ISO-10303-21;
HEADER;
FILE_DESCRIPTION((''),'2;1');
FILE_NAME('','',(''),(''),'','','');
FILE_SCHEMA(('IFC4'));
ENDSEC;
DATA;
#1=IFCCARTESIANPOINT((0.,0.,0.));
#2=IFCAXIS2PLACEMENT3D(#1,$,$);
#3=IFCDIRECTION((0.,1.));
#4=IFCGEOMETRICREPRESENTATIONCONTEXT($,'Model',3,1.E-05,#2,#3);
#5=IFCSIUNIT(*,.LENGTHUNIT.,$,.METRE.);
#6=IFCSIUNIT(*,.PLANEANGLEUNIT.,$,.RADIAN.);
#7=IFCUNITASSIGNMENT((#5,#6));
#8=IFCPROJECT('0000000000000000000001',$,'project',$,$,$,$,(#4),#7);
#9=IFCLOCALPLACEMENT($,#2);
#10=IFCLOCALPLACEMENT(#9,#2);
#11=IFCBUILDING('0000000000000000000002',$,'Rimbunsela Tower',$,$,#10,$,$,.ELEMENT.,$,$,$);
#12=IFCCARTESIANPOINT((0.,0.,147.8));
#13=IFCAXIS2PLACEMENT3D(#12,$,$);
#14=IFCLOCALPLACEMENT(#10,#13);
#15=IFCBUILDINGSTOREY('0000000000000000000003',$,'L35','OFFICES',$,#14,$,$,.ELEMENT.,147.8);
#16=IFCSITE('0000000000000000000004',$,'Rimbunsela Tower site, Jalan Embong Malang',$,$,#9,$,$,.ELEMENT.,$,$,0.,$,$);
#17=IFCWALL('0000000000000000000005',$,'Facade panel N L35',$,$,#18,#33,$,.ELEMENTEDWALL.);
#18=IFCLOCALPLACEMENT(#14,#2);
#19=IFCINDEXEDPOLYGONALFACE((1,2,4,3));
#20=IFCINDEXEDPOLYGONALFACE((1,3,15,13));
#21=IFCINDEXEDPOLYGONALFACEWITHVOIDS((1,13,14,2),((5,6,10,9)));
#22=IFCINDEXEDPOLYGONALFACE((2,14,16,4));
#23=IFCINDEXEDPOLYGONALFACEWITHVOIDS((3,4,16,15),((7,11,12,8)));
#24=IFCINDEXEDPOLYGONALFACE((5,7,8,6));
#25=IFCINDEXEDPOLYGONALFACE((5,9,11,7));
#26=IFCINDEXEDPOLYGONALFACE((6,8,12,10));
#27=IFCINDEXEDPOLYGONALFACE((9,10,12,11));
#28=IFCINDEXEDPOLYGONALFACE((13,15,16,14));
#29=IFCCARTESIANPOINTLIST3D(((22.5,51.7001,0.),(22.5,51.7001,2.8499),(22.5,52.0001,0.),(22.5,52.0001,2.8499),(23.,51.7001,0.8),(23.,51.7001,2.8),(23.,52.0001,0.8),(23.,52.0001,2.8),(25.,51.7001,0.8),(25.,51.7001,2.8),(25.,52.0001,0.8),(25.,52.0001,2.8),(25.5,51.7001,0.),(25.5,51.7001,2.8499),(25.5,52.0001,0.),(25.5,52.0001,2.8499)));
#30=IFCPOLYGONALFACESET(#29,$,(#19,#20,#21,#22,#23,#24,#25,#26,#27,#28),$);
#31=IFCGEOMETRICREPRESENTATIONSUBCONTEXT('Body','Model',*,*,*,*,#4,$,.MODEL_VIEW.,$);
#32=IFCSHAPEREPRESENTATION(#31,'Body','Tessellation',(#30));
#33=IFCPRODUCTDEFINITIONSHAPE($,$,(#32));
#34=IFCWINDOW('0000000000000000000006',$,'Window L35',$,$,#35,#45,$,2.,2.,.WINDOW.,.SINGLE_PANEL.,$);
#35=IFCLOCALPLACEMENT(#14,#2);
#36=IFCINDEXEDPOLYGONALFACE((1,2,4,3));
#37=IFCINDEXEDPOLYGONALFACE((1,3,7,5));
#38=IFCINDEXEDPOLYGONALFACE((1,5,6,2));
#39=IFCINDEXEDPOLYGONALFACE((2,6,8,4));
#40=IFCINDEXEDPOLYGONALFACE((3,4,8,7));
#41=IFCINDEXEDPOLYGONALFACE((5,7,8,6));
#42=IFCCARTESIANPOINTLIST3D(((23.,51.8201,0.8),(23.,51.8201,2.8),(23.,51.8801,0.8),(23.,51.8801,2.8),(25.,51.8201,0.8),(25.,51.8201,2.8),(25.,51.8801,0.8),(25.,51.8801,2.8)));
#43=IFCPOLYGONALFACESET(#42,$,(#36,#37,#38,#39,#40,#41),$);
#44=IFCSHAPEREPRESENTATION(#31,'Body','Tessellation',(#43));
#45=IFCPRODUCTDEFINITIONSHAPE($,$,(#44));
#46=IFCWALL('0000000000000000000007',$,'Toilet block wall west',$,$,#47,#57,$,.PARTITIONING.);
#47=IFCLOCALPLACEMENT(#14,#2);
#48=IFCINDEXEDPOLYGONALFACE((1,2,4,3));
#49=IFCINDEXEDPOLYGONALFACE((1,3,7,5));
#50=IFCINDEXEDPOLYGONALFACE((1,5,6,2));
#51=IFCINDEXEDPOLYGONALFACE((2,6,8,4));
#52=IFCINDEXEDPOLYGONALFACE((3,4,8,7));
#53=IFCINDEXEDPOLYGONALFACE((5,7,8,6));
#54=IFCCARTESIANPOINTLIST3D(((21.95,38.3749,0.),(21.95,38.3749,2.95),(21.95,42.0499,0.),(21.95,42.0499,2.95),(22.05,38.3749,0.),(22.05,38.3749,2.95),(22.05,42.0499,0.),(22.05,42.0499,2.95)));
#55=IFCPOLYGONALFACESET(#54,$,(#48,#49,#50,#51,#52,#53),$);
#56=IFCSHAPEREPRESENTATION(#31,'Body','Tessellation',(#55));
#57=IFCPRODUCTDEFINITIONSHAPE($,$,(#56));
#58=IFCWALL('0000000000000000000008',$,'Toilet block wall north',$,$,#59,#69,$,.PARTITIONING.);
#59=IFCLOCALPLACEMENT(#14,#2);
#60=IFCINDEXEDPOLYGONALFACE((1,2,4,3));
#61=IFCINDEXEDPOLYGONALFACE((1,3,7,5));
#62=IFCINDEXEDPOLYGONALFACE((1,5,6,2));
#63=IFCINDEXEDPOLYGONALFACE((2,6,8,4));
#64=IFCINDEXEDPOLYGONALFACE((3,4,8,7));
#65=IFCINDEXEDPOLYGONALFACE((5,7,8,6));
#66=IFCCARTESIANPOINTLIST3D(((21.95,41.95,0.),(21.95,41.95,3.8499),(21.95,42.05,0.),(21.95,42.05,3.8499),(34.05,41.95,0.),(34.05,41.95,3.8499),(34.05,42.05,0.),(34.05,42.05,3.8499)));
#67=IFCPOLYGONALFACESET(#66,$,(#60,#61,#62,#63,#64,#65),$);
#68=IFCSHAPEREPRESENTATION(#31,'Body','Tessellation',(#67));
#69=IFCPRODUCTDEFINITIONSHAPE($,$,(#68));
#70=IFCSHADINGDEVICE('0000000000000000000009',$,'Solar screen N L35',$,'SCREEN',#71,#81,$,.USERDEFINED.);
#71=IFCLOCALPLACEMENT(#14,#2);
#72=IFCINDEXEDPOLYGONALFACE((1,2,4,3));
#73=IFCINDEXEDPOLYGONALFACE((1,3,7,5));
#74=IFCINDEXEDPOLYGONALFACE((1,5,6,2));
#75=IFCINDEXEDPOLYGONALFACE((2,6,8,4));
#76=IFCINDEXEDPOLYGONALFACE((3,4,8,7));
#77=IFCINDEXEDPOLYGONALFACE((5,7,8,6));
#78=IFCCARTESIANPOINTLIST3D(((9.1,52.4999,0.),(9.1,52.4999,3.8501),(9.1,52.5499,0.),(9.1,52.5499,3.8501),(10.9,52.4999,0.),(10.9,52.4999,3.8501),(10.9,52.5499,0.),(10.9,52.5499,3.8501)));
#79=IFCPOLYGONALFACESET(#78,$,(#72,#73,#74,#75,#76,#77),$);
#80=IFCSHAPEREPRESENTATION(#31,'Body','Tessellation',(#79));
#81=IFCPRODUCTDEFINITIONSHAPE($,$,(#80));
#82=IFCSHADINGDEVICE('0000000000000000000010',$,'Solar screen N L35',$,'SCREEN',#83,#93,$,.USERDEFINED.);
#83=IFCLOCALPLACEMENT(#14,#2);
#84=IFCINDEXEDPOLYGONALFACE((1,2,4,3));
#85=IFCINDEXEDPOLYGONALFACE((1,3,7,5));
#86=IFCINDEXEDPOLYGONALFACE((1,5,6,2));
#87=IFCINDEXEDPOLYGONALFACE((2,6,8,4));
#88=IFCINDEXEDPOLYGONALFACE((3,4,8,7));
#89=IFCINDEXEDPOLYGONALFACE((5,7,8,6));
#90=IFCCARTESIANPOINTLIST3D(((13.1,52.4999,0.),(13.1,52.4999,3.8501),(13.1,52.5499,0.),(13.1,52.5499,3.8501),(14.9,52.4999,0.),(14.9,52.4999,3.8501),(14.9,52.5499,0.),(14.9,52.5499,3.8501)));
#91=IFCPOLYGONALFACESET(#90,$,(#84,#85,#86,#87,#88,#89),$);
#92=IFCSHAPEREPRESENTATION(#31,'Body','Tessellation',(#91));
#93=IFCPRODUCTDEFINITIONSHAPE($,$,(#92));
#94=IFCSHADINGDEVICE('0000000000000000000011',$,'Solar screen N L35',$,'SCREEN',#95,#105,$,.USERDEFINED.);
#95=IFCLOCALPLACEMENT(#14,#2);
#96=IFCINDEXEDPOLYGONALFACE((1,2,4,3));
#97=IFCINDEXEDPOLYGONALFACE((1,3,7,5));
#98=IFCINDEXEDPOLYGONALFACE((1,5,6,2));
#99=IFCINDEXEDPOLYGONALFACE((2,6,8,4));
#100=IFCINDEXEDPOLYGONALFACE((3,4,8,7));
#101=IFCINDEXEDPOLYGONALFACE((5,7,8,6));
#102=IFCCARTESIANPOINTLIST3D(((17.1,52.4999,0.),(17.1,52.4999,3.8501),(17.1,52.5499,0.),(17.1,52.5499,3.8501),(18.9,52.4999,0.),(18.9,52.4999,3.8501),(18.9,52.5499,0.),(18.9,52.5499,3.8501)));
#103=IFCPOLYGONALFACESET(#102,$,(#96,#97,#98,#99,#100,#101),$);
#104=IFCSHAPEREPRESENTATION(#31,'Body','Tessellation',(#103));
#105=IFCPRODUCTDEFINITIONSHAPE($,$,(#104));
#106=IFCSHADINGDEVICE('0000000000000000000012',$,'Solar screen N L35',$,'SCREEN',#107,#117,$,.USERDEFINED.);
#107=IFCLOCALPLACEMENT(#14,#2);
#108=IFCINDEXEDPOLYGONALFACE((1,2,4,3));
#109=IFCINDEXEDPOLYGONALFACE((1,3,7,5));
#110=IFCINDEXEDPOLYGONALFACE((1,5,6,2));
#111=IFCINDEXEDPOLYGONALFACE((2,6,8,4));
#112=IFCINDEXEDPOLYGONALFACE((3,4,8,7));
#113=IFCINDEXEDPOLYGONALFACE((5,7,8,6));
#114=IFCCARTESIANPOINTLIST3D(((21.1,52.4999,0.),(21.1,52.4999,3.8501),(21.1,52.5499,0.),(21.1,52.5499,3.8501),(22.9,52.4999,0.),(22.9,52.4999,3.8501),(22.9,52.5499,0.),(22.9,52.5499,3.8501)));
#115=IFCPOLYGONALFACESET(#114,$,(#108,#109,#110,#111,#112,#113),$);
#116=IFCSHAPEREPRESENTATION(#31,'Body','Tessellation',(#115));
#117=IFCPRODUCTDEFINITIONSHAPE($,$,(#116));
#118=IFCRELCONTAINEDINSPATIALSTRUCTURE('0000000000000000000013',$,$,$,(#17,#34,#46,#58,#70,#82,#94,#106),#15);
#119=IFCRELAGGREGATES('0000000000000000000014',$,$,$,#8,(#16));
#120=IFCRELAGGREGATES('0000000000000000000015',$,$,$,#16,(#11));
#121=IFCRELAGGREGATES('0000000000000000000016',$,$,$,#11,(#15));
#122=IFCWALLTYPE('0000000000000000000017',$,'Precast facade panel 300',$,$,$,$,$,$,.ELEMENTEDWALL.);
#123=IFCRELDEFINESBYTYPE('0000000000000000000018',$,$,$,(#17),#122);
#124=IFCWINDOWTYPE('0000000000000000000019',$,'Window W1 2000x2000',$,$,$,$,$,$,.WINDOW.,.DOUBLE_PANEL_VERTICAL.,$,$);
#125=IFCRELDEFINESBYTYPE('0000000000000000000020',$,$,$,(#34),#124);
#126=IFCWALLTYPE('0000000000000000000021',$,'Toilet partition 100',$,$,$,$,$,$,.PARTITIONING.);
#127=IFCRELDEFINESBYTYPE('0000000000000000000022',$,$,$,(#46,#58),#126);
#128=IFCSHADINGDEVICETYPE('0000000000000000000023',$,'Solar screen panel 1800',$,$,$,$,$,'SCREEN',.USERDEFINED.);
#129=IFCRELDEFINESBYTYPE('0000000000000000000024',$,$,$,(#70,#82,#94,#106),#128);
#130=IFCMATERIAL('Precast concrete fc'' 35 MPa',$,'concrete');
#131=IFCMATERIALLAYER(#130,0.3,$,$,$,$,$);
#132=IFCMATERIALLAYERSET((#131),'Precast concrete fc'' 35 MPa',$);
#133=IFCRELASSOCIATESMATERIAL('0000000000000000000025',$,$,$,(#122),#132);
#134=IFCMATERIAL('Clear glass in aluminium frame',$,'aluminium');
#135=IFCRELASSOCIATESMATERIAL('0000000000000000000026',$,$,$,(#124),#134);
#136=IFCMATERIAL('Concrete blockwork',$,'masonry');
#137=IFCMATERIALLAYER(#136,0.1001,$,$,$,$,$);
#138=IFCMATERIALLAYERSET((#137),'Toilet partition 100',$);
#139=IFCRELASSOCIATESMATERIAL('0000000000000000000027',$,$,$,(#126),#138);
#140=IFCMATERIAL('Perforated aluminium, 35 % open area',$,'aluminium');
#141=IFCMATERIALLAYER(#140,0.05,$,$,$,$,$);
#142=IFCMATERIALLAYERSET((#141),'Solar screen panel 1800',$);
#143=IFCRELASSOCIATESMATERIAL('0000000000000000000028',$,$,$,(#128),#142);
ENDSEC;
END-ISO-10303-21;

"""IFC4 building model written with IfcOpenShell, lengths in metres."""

from ifc_helpers import new_model, si_unit, direction, frame, frame_2d, origin, origin_2d, place, context, subcontext, project, spatial, rectangle, extrude, material, layer, layer_set, type_object, element, fill, save


model = new_model("IFC4")

# Units and contexts
model_context = context("Model", 3, precision=1e-05, world=origin(), true_north=direction((0.0, 1.0)))
body_context = subcontext(model_context, "Body", "Model", "MODEL_VIEW")
ifc_project = project(units=[si_unit("LENGTHUNIT", "METRE"), si_unit("PLANEANGLEUNIT", "RADIAN")], contexts=[model_context])

# Site, building, storey
site_placement = place(None, origin())
site = spatial("IfcSite", under=ifc_project, at=site_placement, Name="Rimbunsela Tower site, Jalan Embong Malang", CompositionType="ELEMENT", RefElevation=0.0)
building_placement = place(site_placement, origin())
building = spatial("IfcBuilding", under=site, at=building_placement, Name="Rimbunsela Tower", CompositionType="ELEMENT")
storey_placement = place(building_placement, frame((0.0, 0.0, 147.8)))
storey = spatial("IfcBuildingStorey", under=building, at=storey_placement, Name="L35", Description="OFFICES", CompositionType="ELEMENT", Elevation=147.8)

# Shared definitions
ifc_material_1 = material(Name="Precast concrete fc' 35 MPa", Category="concrete")
ifc_layer_1 = layer(ifc_material_1, 0.3)
ifc_layer_set_1 = layer_set([ifc_layer_1], Name="Precast concrete fc' 35 MPa")
wall_type_1 = type_object("IfcWallType", Name="Precast facade panel 300", PredefinedType="ELEMENTEDWALL", material=ifc_layer_set_1)

# Wall, opening, window
ifc_material_2 = material(Name="Clear glass in aluminium frame", Category="aluminium")
window_type = type_object("IfcWindowType", Name="Window W1 2000x2000", PartitioningType="DOUBLE_PANEL_VERTICAL", PredefinedType="WINDOW", material=ifc_material_2)
wall_1_placement = place(storey_placement, frame((25.5, 51.8501, 0.0), z_axis=(0.0, 0.0, 1.0), x_axis=(-1.0, 0.0, 0.0)))
wall_1 = element("IfcWall", 1, at=wall_1_placement, inside=storey, type_object=wall_type_1, Name="Facade panel N L35", PredefinedType="ELEMENTEDWALL", context=body_context, shape_type="SweptSolid", body=[
    extrude(rectangle(XDim=3.0, YDim=0.3, at=frame_2d((1.5, 0.0))), origin(), (0.0, 0.0, 1.0), 2.8499),
])
opening_1_placement = place(wall_1_placement, frame((0.5, 0.0, 0.8)))
opening_1 = element("IfcOpeningElement", 2, at=opening_1_placement, cuts=wall_1, PredefinedType="OPENING", context=body_context, shape_type="SweptSolid", body=[
    extrude(rectangle(XDim=2.0, YDim=2.0, at=frame_2d((1.0, 1.0))), frame((0.0, 0.1599, 0.0), z_axis=(0.0, -1.0, 0.0), x_axis=(1.0, 0.0, 0.0)), (0.0, 0.0, 1.0), 0.3201),
])
window_1_placement = place(opening_1_placement, origin())
window_1 = element("IfcWindow", 3, at=window_1_placement, inside=storey, type_object=window_type, Name="Window L35", OverallHeight=2.0, OverallWidth=2.0, PartitioningType="SINGLE_PANEL", PredefinedType="WINDOW", context=body_context, shape_type="SweptSolid", body=[
    extrude(rectangle(XDim=2.0, YDim=2.0, at=frame_2d((1.0, 1.0))), frame((0.0, 0.03, 0.0), z_axis=(0.0, -1.0, 0.0), x_axis=(1.0, 0.0, 0.0)), (0.0, 0.0, 1.0), 0.0601),
])
fill(opening_1, window_1)

# Walls
ifc_material_3 = material(Name="Concrete blockwork", Category="masonry")
ifc_layer_2 = layer(ifc_material_3, 0.1001)
ifc_layer_set_2 = layer_set([ifc_layer_2], Name="Toilet partition 100")
wall_type_2 = type_object("IfcWallType", Name="Toilet partition 100", PredefinedType="PARTITIONING", material=ifc_layer_set_2)
wall_2_placement = place(storey_placement, frame((22.0, 38.375, 0.0), z_axis=(0.0, 0.0, 1.0), x_axis=(0.0, 1.0, 0.0)))
element("IfcWall", 4, at=wall_2_placement, inside=storey, type_object=wall_type_2, Name="Toilet block wall west", PredefinedType="PARTITIONING", context=body_context, shape_type="SweptSolid", body=[
    extrude(rectangle(XDim=3.675, YDim=0.1001, at=frame_2d((1.8374, 0.0))), origin(), (0.0, 0.0, 1.0), 2.95),
])
wall_3_placement = place(storey_placement, frame((21.95, 42.0, 0.0), z_axis=(0.0, 0.0, 1.0), x_axis=(1.0, 0.0, 0.0)))
element("IfcWall", 5, at=wall_3_placement, inside=storey, type_object=wall_type_2, Name="Toilet block wall north", PredefinedType="PARTITIONING", context=body_context, shape_type="SweptSolid", body=[
    extrude(rectangle(XDim=12.1001, YDim=0.1001, at=frame_2d((6.05, 0.0))), origin(), (0.0, 0.0, 1.0), 3.8499),
])

# Shading devices
ifc_material_4 = material(Name="Perforated aluminium, 35 % open area", Category="aluminium")
ifc_layer_3 = layer(ifc_material_4, 0.05)
ifc_layer_set_3 = layer_set([ifc_layer_3], Name="Solar screen panel 1800")
shading_device_type = type_object("IfcShadingDeviceType", Name="Solar screen panel 1800", ElementType="SCREEN", PredefinedType="USERDEFINED", material=ifc_layer_set_3)
for number, where, z_axis, x_axis, name in (
    (6, (10.0, 52.5249, 0.0), (0.0, 0.0, 1.0), (1.0, 0.0, 0.0), "Solar screen N L35"),
    (7, (14.0, 52.5249, 0.0), (0.0, 0.0, 1.0), (1.0, 0.0, 0.0), "Solar screen N L35"),
    (8, (18.0, 52.5249, 0.0), (0.0, 0.0, 1.0), (1.0, 0.0, 0.0), "Solar screen N L35"),
    (9, (22.0, 52.5249, 0.0), (0.0, 0.0, 1.0), (1.0, 0.0, 0.0), "Solar screen N L35"),
):
    element("IfcShadingDevice", number, at=place(storey_placement, frame(where, z_axis=z_axis, x_axis=x_axis)), inside=storey, type_object=shading_device_type, Name=name, ObjectType="SCREEN", PredefinedType="USERDEFINED", context=body_context, shape_type="SweptSolid", body=[
        extrude(rectangle(XDim=1.8, YDim=0.05, at=origin_2d()), origin(), (0.0, 0.0, 1.0), 3.8501),
    ])

save(model, "model.ifc")
